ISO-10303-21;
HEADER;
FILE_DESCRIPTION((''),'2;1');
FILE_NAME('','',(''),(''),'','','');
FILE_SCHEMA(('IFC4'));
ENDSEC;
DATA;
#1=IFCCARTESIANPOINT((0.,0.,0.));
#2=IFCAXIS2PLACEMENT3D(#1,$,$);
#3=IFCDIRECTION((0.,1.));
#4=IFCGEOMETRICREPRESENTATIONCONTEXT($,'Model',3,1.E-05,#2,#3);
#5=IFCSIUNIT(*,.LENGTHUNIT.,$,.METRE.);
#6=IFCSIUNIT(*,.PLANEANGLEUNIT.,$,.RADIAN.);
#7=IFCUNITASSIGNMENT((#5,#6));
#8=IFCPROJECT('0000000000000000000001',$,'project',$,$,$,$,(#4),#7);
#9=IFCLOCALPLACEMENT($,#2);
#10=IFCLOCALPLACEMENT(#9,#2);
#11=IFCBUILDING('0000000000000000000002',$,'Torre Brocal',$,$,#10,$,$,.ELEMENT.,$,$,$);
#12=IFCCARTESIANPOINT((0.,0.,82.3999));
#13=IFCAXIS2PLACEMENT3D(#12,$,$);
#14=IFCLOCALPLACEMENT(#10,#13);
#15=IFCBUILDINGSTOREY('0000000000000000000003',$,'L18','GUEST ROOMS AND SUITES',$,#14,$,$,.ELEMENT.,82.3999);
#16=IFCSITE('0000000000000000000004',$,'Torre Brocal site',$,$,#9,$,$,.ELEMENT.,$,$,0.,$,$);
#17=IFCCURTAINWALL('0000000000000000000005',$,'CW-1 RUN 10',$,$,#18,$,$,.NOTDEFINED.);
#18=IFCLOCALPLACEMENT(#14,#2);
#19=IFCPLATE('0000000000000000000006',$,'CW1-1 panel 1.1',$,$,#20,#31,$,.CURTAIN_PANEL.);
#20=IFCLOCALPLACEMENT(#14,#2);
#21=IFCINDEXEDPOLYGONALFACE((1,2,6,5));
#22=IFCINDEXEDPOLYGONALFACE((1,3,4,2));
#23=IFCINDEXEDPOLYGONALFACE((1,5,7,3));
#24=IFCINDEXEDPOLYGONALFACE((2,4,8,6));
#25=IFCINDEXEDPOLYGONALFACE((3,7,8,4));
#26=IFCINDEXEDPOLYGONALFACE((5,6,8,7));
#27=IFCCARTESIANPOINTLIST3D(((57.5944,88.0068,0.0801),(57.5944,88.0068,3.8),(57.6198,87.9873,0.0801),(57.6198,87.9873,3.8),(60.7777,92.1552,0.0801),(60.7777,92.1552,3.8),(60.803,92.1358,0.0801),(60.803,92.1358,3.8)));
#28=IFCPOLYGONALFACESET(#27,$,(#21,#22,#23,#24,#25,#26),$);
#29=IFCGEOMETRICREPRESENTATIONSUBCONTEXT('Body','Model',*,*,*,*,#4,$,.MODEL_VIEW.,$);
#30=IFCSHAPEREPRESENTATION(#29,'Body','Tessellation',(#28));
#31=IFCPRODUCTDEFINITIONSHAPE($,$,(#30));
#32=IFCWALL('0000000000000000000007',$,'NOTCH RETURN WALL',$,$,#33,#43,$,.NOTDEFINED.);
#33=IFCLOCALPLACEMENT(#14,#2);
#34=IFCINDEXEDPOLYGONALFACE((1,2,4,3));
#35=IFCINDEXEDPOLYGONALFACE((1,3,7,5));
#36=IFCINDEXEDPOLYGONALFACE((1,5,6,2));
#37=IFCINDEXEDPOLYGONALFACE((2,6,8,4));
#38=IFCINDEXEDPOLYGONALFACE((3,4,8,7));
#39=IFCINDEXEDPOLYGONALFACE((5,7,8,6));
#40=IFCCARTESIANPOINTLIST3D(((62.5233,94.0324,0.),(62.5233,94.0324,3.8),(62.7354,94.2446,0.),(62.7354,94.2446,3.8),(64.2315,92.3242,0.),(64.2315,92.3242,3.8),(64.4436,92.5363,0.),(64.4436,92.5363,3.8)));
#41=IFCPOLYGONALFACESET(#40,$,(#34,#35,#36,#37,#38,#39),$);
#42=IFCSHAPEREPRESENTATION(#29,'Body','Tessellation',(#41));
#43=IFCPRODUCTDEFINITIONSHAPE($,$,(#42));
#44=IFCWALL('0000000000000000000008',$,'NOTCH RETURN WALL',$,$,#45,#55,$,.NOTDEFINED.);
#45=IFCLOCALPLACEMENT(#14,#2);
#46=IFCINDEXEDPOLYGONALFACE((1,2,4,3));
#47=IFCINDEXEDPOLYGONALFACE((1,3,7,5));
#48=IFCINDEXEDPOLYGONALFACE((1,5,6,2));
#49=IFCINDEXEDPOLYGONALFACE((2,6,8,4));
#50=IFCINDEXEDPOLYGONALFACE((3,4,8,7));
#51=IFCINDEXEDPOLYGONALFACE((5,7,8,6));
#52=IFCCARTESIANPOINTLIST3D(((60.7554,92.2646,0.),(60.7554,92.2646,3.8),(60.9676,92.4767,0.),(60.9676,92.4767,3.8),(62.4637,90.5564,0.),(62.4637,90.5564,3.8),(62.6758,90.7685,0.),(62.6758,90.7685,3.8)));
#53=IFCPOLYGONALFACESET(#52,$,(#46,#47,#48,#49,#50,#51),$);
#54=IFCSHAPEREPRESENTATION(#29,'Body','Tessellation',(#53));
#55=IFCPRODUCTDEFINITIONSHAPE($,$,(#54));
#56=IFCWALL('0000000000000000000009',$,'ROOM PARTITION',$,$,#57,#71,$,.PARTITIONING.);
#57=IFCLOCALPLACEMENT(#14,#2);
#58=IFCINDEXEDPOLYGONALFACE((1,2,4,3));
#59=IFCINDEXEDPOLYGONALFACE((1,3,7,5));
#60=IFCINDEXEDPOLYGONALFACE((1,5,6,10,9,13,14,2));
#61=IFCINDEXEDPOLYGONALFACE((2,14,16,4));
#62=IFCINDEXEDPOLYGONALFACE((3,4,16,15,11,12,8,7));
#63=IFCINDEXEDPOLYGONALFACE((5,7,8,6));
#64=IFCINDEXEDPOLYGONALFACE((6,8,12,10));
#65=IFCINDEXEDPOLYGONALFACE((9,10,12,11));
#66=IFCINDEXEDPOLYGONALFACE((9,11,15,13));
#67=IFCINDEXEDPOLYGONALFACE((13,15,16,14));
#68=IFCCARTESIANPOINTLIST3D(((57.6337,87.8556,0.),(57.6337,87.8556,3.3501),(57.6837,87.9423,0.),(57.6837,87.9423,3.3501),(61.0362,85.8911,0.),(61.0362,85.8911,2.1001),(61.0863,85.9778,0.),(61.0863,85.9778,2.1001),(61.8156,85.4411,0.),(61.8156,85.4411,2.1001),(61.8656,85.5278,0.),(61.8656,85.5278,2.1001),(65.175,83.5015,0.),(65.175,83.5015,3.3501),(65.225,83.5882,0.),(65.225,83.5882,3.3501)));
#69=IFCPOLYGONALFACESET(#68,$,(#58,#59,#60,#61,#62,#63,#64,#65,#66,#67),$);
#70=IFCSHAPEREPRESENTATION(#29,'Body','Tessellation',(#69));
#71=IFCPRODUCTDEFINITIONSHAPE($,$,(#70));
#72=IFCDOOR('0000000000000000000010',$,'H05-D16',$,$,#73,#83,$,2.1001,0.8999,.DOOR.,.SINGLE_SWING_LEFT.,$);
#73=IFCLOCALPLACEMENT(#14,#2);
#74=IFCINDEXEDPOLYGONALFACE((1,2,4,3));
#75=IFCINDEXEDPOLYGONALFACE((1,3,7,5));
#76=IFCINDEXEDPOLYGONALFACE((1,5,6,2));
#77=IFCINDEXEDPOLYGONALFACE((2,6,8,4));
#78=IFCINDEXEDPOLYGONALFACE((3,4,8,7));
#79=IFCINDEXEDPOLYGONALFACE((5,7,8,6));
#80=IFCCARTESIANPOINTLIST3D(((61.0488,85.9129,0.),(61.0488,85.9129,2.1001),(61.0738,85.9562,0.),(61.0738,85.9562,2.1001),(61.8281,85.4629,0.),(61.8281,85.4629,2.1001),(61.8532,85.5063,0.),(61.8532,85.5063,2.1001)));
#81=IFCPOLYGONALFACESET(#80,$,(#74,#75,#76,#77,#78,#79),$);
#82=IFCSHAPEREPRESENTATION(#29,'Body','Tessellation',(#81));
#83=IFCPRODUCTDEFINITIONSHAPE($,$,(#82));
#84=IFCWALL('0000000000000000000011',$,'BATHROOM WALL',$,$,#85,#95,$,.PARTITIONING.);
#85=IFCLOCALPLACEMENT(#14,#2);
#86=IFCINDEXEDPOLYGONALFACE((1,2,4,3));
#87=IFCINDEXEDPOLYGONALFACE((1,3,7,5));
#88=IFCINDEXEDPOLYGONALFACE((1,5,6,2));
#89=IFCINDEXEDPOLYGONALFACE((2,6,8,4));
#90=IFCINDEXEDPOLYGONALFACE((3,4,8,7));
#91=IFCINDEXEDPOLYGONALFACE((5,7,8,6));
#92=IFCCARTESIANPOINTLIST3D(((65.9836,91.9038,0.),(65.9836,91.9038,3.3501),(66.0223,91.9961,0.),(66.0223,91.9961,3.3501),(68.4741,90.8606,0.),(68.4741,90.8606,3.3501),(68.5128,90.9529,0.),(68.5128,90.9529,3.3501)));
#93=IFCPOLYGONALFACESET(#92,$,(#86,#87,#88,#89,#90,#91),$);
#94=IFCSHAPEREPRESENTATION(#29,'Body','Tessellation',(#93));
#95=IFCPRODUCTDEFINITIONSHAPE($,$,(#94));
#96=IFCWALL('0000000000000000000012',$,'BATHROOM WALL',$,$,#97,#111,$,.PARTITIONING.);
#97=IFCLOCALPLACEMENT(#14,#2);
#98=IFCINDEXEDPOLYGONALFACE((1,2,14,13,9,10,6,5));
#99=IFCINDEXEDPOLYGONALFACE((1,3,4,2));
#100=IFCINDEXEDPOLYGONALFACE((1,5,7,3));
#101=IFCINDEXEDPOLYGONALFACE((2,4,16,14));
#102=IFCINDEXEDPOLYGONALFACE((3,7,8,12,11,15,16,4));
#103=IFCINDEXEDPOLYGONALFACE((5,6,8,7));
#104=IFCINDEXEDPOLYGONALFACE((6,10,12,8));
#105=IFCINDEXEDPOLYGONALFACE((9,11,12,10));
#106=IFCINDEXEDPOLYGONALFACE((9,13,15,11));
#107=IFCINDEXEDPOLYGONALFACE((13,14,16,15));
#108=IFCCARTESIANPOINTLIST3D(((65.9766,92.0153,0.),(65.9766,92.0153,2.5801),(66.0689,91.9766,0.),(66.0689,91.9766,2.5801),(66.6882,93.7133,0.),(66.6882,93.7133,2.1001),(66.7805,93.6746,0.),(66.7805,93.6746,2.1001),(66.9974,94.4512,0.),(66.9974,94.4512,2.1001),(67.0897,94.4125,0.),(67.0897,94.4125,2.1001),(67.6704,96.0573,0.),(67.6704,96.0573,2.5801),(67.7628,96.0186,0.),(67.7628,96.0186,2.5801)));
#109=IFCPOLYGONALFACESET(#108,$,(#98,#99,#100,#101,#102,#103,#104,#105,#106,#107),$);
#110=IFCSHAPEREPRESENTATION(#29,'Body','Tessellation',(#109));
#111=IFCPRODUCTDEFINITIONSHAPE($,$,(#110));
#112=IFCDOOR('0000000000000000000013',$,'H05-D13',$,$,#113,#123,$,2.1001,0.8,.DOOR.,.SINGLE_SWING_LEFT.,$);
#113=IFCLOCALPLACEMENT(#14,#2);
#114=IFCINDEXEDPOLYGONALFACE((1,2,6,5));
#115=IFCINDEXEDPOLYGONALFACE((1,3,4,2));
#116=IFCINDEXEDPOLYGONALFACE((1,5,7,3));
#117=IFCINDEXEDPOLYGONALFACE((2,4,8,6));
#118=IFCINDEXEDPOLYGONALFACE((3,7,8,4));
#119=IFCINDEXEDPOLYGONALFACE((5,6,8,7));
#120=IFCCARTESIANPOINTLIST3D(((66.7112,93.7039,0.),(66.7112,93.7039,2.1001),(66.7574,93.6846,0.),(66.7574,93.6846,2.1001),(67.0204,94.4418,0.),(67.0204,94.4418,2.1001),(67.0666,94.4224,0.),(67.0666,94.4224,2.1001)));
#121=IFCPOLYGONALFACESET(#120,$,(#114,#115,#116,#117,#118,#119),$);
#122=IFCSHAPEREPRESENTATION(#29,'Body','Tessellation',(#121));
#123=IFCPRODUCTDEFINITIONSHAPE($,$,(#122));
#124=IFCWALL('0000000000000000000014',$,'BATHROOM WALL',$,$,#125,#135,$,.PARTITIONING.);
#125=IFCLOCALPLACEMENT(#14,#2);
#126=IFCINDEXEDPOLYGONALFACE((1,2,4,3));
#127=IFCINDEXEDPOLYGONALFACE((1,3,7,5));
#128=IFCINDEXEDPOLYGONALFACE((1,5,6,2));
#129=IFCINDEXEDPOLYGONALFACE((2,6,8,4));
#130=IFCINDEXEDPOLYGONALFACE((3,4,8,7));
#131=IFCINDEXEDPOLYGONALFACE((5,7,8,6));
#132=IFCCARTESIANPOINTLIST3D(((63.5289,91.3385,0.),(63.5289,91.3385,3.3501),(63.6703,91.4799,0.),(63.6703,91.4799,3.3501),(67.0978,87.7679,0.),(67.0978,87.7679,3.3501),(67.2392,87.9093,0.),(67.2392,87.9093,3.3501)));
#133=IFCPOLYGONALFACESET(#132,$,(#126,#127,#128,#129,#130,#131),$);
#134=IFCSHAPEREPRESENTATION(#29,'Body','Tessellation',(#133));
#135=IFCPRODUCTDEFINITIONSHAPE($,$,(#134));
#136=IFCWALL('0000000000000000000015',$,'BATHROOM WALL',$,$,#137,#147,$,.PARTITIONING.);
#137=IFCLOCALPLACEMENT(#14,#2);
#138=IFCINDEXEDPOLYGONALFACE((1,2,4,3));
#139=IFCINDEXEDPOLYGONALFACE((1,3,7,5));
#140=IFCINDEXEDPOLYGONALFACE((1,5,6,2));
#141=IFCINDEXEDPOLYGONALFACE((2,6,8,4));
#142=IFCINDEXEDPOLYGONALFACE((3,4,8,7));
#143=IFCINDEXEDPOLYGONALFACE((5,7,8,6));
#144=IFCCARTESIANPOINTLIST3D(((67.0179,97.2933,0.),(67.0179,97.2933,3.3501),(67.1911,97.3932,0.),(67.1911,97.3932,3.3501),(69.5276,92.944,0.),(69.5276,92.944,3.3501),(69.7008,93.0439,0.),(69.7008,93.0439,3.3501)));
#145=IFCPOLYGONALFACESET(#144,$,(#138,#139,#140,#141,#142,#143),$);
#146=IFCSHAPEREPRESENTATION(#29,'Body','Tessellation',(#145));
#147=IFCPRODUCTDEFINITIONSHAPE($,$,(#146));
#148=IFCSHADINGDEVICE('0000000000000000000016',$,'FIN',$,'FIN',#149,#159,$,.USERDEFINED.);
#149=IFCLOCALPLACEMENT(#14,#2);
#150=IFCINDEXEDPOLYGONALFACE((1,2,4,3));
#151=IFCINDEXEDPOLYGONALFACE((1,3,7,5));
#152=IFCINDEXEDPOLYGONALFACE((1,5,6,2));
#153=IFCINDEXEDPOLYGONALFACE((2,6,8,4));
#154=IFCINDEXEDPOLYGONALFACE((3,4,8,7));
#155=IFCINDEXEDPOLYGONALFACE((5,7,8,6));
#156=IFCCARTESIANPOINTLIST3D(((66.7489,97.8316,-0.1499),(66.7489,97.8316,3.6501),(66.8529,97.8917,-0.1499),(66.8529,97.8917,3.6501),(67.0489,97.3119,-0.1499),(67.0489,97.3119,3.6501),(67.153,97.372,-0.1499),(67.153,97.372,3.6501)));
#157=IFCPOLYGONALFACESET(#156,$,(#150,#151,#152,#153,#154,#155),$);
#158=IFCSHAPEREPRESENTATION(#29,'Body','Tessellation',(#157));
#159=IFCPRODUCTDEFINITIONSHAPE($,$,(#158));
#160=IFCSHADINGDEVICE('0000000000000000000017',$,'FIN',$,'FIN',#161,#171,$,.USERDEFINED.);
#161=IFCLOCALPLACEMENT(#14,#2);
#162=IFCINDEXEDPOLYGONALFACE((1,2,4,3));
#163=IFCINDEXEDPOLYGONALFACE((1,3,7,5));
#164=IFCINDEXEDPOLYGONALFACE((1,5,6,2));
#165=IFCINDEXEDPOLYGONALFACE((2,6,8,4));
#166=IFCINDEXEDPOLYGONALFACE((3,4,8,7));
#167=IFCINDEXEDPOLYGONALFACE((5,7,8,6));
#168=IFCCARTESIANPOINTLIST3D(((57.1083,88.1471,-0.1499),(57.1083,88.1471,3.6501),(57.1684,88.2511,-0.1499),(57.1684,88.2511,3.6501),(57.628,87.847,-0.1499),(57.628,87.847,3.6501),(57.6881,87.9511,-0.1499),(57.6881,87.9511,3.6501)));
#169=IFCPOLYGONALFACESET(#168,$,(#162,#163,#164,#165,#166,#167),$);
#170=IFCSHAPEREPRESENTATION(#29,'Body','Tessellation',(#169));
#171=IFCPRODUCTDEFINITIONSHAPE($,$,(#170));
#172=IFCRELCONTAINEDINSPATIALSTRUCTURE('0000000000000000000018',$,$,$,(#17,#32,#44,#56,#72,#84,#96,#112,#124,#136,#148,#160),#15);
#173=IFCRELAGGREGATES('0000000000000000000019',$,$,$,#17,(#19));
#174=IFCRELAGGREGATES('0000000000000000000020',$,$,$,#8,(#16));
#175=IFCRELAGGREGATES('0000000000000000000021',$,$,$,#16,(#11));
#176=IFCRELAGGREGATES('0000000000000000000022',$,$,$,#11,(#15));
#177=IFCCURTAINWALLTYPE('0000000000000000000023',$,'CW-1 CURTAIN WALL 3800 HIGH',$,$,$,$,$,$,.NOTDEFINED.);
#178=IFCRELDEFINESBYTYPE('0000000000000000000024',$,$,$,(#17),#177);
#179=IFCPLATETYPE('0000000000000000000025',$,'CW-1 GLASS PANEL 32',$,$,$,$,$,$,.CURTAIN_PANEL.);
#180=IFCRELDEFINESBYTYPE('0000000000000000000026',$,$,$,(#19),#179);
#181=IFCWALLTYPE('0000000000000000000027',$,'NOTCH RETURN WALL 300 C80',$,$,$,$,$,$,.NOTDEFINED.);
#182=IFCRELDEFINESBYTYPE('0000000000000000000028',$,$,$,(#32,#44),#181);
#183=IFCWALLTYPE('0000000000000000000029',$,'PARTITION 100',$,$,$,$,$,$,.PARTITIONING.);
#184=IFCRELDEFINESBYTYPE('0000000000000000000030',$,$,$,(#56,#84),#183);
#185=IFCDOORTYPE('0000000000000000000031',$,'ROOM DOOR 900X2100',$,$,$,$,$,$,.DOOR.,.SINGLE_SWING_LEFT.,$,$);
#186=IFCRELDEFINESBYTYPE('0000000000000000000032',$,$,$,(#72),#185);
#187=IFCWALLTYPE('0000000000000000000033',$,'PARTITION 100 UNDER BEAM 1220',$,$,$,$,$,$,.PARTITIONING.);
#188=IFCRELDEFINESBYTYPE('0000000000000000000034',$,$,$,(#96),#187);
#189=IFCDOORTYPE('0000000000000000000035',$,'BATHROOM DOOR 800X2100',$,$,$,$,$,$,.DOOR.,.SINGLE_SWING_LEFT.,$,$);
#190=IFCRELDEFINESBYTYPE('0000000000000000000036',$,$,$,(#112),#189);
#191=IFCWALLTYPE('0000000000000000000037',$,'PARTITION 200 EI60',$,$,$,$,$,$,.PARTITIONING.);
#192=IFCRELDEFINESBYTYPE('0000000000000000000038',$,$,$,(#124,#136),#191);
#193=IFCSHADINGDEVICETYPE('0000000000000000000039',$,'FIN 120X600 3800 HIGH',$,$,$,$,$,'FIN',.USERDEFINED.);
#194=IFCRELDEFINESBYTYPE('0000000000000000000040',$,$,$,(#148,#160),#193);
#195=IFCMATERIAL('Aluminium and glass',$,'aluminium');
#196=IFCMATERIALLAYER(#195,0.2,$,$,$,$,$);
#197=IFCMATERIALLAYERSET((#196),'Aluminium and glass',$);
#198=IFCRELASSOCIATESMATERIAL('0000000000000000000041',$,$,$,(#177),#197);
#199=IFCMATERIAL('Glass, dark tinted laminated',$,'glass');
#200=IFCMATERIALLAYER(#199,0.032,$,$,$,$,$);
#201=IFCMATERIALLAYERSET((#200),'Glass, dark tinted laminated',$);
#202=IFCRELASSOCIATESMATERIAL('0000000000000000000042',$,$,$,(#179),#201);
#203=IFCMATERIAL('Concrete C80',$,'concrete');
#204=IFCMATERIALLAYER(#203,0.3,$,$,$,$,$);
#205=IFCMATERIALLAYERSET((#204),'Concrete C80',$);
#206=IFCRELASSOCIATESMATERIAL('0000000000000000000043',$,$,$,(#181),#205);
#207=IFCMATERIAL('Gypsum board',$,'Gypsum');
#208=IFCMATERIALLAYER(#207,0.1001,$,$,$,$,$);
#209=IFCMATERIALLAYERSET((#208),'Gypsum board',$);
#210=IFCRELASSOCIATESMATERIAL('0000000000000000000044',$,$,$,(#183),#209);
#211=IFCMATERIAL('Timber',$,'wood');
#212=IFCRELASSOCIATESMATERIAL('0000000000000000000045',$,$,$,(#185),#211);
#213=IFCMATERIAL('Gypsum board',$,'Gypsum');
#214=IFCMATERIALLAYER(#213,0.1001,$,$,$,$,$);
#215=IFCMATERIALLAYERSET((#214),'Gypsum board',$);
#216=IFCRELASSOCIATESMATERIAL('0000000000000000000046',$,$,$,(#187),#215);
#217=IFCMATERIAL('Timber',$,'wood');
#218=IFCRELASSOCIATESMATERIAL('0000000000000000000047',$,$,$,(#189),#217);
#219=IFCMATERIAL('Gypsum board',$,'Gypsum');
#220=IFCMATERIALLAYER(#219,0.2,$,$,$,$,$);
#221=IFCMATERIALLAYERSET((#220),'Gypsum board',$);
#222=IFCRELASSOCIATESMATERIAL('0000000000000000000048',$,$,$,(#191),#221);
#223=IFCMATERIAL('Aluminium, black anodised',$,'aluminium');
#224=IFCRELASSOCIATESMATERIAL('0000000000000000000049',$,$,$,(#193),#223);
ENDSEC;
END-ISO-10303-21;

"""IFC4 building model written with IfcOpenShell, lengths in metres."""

from ifc_helpers import new_model, si_unit, direction, frame, frame_2d, origin, origin_2d, place, context, subcontext, project, spatial, rectangle, extrude, material, layer, layer_set, material_profile, profile_set, type_object, element, fill, aggregate, save


model = new_model("IFC4")

# Units and contexts
model_context = context("Model", 3, precision=1e-05, world=origin(), true_north=direction((0.0, 1.0)))
body_context = subcontext(model_context, "Body", "Model", "MODEL_VIEW")
ifc_project = project(units=[si_unit("LENGTHUNIT", "METRE"), si_unit("PLANEANGLEUNIT", "RADIAN")], contexts=[model_context])

# Site, building, storey
site_placement = place(None, origin())
site = spatial("IfcSite", under=ifc_project, at=site_placement, Name="Torre Brocal site", CompositionType="ELEMENT", RefElevation=0.0)
building_placement = place(site_placement, origin())
building = spatial("IfcBuilding", under=site, at=building_placement, Name="Torre Brocal", CompositionType="ELEMENT")
storey_placement = place(building_placement, frame((0.0, 0.0, 82.3999)))
storey = spatial("IfcBuildingStorey", under=building, at=storey_placement, Name="L18", Description="GUEST ROOMS AND SUITES", CompositionType="ELEMENT", Elevation=82.3999)

# Shared definitions
ifc_material_1 = material(Name="Aluminium and glass", Category="aluminium")
ifc_layer_1 = layer(ifc_material_1, 0.2)
ifc_layer_set_1 = layer_set([ifc_layer_1], Name="Aluminium and glass")
curtain_wall_type = type_object("IfcCurtainWallType", Name="CW-1 CURTAIN WALL 3800 HIGH", PredefinedType="NOTDEFINED", material=ifc_layer_set_1)

# Curtain wall
curtain_wall_1_placement = place(storey_placement, origin())
curtain_wall_1 = element("IfcCurtainWall", 1, at=curtain_wall_1_placement, inside=storey, type_object=curtain_wall_type, Name="CW-1 RUN 10", PredefinedType="NOTDEFINED")

# Plate
ifc_material_2 = material(Name="Glass, dark tinted laminated", Category="glass")
ifc_layer_2 = layer(ifc_material_2, 0.032)
ifc_layer_set_2 = layer_set([ifc_layer_2], Name="Glass, dark tinted laminated")
plate_type = type_object("IfcPlateType", Name="CW-1 GLASS PANEL 32", PredefinedType="CURTAIN_PANEL", material=ifc_layer_set_2)
plate_1_placement = place(storey_placement, frame((59.1987, 90.0713, 0.0801), z_axis=(0.0, 0.0, 1.0), x_axis=(-0.608761, -0.793353, 0.0)))
plate_1 = element("IfcPlate", 2, at=plate_1_placement, type_object=plate_type, Name="CW1-1 panel 1.1", PredefinedType="CURTAIN_PANEL", context=body_context, shape_type="SweptSolid", body=[
    extrude(rectangle(XDim=5.229, YDim=0.032, at=origin_2d()), origin(), (0.0, 0.0, 1.0), 3.72),
])
aggregate(curtain_wall_1, [plate_1])

# Walls
ifc_material_3 = material(Name="Concrete C80", Category="concrete")
ifc_layer_3 = layer(ifc_material_3, 0.3)
ifc_layer_set_3 = layer_set([ifc_layer_3], Name="Concrete C80")
wall_type_1 = type_object("IfcWallType", Name="NOTCH RETURN WALL 300 C80", PredefinedType="NOTDEFINED", material=ifc_layer_set_3)
for number, where, z_axis, x_axis, name in (
    (3, (64.3376, 92.4302, 0.0), (0.0, 0.0, 1.0), (-0.707107, 0.707107, 0.0), "NOTCH RETURN WALL"),
    (4, (62.5698, 90.6624, 0.0), (0.0, 0.0, 1.0), (-0.707107, 0.707107, 0.0), "NOTCH RETURN WALL"),
):
    element("IfcWall", number, at=place(storey_placement, frame(where, z_axis=z_axis, x_axis=x_axis)), inside=storey, type_object=wall_type_1, Name=name, PredefinedType="NOTDEFINED", context=body_context, shape_type="SweptSolid", body=[
        extrude(rectangle(XDim=2.4158, YDim=0.3, at=frame_2d((1.208, 0.0))), origin(), (0.0, 0.0, 1.0), 3.8),
    ])

# Wall, opening, door
ifc_material_4 = material(Name="Gypsum board", Category="Gypsum")
ifc_layer_4 = layer(ifc_material_4, 0.1001)
ifc_layer_set_4 = layer_set([ifc_layer_4], Name="Gypsum board")
wall_type_2 = type_object("IfcWallType", Name="PARTITION 100", PredefinedType="PARTITIONING", material=ifc_layer_set_4)
wall_1_placement = place(storey_placement, frame((57.6587, 87.8989, 0.0), z_axis=(0.0, 0.0, 1.0), x_axis=(0.866023, -0.500005, 0.0)))
wall_1 = element("IfcWall", 5, at=wall_1_placement, inside=storey, type_object=wall_type_2, Name="ROOM PARTITION", PredefinedType="PARTITIONING", context=body_context, shape_type="SweptSolid", body=[
    extrude(rectangle(XDim=8.708, YDim=0.1001, at=frame_2d((4.354, 0.0))), origin(), (0.0, 0.0, 1.0), 3.3501),
])
opening_1_placement = place(wall_1_placement, frame((3.929, 0.0, 0.0)))
opening_1 = element("IfcOpeningElement", 6, at=opening_1_placement, cuts=wall_1, PredefinedType="OPENING", context=body_context, shape_type="SweptSolid", body=[
    extrude(rectangle(XDim=0.8999, YDim=2.1001, at=frame_2d((0.45, 1.05))), frame((0.0, 0.0601, 0.0), z_axis=(0.0, -1.0, 0.0), x_axis=(1.0, 0.0, 0.0)), (0.0, 0.0, 1.0), 0.1201),
])
ifc_material_5 = material(Name="Timber", Category="wood")
door_type_1 = type_object("IfcDoorType", Name="ROOM DOOR 900X2100", OperationType="SINGLE_SWING_LEFT", PredefinedType="DOOR", material=ifc_material_5)
door_1_placement = place(opening_1_placement, frame((0.8999, 0.0, 0.0), z_axis=(0.0, 0.0, 1.0), x_axis=(-1.0, 0.0, 0.0)))
door_1 = element("IfcDoor", 7, at=door_1_placement, inside=storey, type_object=door_type_1, Name="H05-D16", OperationType="SINGLE_SWING_LEFT", OverallHeight=2.1001, OverallWidth=0.8999, PredefinedType="DOOR", context=body_context, shape_type="SweptSolid", body=[
    extrude(rectangle(XDim=0.8999, YDim=2.1001, at=frame_2d((0.45, 1.05))), frame((0.0, 0.0249, 0.0), z_axis=(0.0, -1.0, 0.0), x_axis=(1.0, 0.0, 0.0)), (0.0, 0.0, 1.0), 0.05),
])
fill(opening_1, door_1)

# Wall
wall_2_placement = place(storey_placement, frame((66.0029, 91.95, 0.0), z_axis=(0.0, 0.0, 1.0), x_axis=(0.92235, -0.386355, 0.0)))
element("IfcWall", 8, at=wall_2_placement, inside=storey, type_object=wall_type_2, Name="BATHROOM WALL", PredefinedType="PARTITIONING", context=body_context, shape_type="SweptSolid", body=[
    extrude(rectangle(XDim=2.7002, YDim=0.1001, at=frame_2d((1.3501, 0.0))), origin(), (0.0, 0.0, 1.0), 3.3501),
])

# Wall, opening, door
ifc_material_6 = material(Name="Gypsum board", Category="Gypsum")
ifc_layer_5 = layer(ifc_material_6, 0.1001)
ifc_layer_set_5 = layer_set([ifc_layer_5], Name="Gypsum board")
wall_type_3 = type_object("IfcWallType", Name="PARTITION 100 UNDER BEAM 1220", PredefinedType="PARTITIONING", material=ifc_layer_set_5)
wall_3_placement = place(storey_placement, frame((66.0227, 91.9958, 0.0), z_axis=(0.0, 0.0, 1.0), x_axis=(0.386497, 0.92229, 0.0)))
wall_3 = element("IfcWall", 9, at=wall_3_placement, inside=storey, type_object=wall_type_3, Name="BATHROOM WALL", PredefinedType="PARTITIONING", context=body_context, shape_type="SweptSolid", body=[
    extrude(rectangle(XDim=4.3826, YDim=0.1001, at=frame_2d((2.1914, 0.0))), origin(), (0.0, 0.0, 1.0), 2.5801),
])
opening_2_placement = place(wall_3_placement, frame((1.8413, 0.0, 0.0)))
opening_2 = element("IfcOpeningElement", 10, at=opening_2_placement, cuts=wall_3, PredefinedType="OPENING", context=body_context, shape_type="SweptSolid", body=[
    extrude(rectangle(XDim=0.8, YDim=2.1001, at=frame_2d((0.3999, 1.05))), frame((0.0, 0.0601, 0.0), z_axis=(0.0, -1.0, 0.0), x_axis=(1.0, 0.0, 0.0)), (0.0, 0.0, 1.0), 0.1201),
])
ifc_material_7 = material(Name="Timber", Category="wood")
door_type_2 = type_object("IfcDoorType", Name="BATHROOM DOOR 800X2100", OperationType="SINGLE_SWING_LEFT", PredefinedType="DOOR", material=ifc_material_7)
door_2_placement = place(opening_2_placement, frame((0.8, 0.0, 0.0), z_axis=(0.0, 0.0, 1.0), x_axis=(-1.0, 0.0, 0.0)))
door_2 = element("IfcDoor", 11, at=door_2_placement, inside=storey, type_object=door_type_2, Name="H05-D13", OperationType="SINGLE_SWING_LEFT", OverallHeight=2.1001, OverallWidth=0.8, PredefinedType="DOOR", context=body_context, shape_type="SweptSolid", body=[
    extrude(rectangle(XDim=0.8, YDim=2.1001, at=frame_2d((0.3999, 1.05))), frame((0.0, 0.0249, 0.0), z_axis=(0.0, -1.0, 0.0), x_axis=(1.0, 0.0, 0.0)), (0.0, 0.0, 1.0), 0.05),
])
fill(opening_2, door_2)

# Walls
ifc_material_8 = material(Name="Gypsum board", Category="Gypsum")
ifc_layer_6 = layer(ifc_material_8, 0.2)
ifc_layer_set_6 = layer_set([ifc_layer_6], Name="Gypsum board")
wall_type_4 = type_object("IfcWallType", Name="PARTITION 200 EI60", PredefinedType="PARTITIONING", material=ifc_layer_set_6)
wall_4_placement = place(storey_placement, frame((63.5996, 91.4092, 0.0), z_axis=(0.0, 0.0, 1.0), x_axis=(0.706937, -0.707276, 0.0)))
element("IfcWall", 12, at=wall_4_placement, inside=storey, type_object=wall_type_4, Name="BATHROOM WALL", PredefinedType="PARTITIONING", context=body_context, shape_type="SweptSolid", body=[
    extrude(rectangle(XDim=5.0483, YDim=0.2, at=frame_2d((2.5242, 0.0))), origin(), (0.0, 0.0, 1.0), 3.3501),
])
wall_5_placement = place(storey_placement, frame((67.1045, 97.3433, 0.0), z_axis=(0.0, 0.0, 1.0), x_axis=(0.4998, -0.866141, 0.0)))
element("IfcWall", 13, at=wall_5_placement, inside=storey, type_object=wall_type_4, Name="BATHROOM WALL", PredefinedType="PARTITIONING", context=body_context, shape_type="SweptSolid", body=[
    extrude(rectangle(XDim=5.0215, YDim=0.2, at=frame_2d((2.5107, 0.0))), origin(), (0.0, 0.0, 1.0), 3.3501),
])

# Shading devices
ifc_material_9 = material(Name="Aluminium, black anodised", Category="aluminium")
ifc_material_profile_1 = material_profile(ifc_material_9, rectangle(XDim=0.1201, YDim=0.6001, at=origin_2d()), Name="FIN 120X600 3800 HIGH")
ifc_profile_set_1 = profile_set([ifc_material_profile_1], Name="Aluminium, black anodised")
shading_device_type = type_object("IfcShadingDeviceType", Name="FIN 120X600 3800 HIGH", ElementType="FIN", PredefinedType="USERDEFINED", material=ifc_profile_set_1)
for number, where, z_axis, x_axis, name in (
    (14, (66.9509, 97.6018, -0.1499), (0.0, 0.0, 1.0), (-0.866025, -0.5, 0.0), "FIN"),
    (15, (57.3982, 88.0491, -0.1499), (0.0, 0.0, 1.0), (-0.5, -0.866025, 0.0), "FIN"),
):
    element("IfcShadingDevice", number, at=place(storey_placement, frame(where, z_axis=z_axis, x_axis=x_axis)), inside=storey, type_object=shading_device_type, Name=name, ObjectType="FIN", PredefinedType="USERDEFINED", context=body_context, shape_type="SweptSolid", body=[
        extrude(rectangle(XDim=0.1201, YDim=0.6001, at=origin_2d()), origin(), (0.0, 0.0, 1.0), 3.8),
    ])

save(model, "model.ifc")
